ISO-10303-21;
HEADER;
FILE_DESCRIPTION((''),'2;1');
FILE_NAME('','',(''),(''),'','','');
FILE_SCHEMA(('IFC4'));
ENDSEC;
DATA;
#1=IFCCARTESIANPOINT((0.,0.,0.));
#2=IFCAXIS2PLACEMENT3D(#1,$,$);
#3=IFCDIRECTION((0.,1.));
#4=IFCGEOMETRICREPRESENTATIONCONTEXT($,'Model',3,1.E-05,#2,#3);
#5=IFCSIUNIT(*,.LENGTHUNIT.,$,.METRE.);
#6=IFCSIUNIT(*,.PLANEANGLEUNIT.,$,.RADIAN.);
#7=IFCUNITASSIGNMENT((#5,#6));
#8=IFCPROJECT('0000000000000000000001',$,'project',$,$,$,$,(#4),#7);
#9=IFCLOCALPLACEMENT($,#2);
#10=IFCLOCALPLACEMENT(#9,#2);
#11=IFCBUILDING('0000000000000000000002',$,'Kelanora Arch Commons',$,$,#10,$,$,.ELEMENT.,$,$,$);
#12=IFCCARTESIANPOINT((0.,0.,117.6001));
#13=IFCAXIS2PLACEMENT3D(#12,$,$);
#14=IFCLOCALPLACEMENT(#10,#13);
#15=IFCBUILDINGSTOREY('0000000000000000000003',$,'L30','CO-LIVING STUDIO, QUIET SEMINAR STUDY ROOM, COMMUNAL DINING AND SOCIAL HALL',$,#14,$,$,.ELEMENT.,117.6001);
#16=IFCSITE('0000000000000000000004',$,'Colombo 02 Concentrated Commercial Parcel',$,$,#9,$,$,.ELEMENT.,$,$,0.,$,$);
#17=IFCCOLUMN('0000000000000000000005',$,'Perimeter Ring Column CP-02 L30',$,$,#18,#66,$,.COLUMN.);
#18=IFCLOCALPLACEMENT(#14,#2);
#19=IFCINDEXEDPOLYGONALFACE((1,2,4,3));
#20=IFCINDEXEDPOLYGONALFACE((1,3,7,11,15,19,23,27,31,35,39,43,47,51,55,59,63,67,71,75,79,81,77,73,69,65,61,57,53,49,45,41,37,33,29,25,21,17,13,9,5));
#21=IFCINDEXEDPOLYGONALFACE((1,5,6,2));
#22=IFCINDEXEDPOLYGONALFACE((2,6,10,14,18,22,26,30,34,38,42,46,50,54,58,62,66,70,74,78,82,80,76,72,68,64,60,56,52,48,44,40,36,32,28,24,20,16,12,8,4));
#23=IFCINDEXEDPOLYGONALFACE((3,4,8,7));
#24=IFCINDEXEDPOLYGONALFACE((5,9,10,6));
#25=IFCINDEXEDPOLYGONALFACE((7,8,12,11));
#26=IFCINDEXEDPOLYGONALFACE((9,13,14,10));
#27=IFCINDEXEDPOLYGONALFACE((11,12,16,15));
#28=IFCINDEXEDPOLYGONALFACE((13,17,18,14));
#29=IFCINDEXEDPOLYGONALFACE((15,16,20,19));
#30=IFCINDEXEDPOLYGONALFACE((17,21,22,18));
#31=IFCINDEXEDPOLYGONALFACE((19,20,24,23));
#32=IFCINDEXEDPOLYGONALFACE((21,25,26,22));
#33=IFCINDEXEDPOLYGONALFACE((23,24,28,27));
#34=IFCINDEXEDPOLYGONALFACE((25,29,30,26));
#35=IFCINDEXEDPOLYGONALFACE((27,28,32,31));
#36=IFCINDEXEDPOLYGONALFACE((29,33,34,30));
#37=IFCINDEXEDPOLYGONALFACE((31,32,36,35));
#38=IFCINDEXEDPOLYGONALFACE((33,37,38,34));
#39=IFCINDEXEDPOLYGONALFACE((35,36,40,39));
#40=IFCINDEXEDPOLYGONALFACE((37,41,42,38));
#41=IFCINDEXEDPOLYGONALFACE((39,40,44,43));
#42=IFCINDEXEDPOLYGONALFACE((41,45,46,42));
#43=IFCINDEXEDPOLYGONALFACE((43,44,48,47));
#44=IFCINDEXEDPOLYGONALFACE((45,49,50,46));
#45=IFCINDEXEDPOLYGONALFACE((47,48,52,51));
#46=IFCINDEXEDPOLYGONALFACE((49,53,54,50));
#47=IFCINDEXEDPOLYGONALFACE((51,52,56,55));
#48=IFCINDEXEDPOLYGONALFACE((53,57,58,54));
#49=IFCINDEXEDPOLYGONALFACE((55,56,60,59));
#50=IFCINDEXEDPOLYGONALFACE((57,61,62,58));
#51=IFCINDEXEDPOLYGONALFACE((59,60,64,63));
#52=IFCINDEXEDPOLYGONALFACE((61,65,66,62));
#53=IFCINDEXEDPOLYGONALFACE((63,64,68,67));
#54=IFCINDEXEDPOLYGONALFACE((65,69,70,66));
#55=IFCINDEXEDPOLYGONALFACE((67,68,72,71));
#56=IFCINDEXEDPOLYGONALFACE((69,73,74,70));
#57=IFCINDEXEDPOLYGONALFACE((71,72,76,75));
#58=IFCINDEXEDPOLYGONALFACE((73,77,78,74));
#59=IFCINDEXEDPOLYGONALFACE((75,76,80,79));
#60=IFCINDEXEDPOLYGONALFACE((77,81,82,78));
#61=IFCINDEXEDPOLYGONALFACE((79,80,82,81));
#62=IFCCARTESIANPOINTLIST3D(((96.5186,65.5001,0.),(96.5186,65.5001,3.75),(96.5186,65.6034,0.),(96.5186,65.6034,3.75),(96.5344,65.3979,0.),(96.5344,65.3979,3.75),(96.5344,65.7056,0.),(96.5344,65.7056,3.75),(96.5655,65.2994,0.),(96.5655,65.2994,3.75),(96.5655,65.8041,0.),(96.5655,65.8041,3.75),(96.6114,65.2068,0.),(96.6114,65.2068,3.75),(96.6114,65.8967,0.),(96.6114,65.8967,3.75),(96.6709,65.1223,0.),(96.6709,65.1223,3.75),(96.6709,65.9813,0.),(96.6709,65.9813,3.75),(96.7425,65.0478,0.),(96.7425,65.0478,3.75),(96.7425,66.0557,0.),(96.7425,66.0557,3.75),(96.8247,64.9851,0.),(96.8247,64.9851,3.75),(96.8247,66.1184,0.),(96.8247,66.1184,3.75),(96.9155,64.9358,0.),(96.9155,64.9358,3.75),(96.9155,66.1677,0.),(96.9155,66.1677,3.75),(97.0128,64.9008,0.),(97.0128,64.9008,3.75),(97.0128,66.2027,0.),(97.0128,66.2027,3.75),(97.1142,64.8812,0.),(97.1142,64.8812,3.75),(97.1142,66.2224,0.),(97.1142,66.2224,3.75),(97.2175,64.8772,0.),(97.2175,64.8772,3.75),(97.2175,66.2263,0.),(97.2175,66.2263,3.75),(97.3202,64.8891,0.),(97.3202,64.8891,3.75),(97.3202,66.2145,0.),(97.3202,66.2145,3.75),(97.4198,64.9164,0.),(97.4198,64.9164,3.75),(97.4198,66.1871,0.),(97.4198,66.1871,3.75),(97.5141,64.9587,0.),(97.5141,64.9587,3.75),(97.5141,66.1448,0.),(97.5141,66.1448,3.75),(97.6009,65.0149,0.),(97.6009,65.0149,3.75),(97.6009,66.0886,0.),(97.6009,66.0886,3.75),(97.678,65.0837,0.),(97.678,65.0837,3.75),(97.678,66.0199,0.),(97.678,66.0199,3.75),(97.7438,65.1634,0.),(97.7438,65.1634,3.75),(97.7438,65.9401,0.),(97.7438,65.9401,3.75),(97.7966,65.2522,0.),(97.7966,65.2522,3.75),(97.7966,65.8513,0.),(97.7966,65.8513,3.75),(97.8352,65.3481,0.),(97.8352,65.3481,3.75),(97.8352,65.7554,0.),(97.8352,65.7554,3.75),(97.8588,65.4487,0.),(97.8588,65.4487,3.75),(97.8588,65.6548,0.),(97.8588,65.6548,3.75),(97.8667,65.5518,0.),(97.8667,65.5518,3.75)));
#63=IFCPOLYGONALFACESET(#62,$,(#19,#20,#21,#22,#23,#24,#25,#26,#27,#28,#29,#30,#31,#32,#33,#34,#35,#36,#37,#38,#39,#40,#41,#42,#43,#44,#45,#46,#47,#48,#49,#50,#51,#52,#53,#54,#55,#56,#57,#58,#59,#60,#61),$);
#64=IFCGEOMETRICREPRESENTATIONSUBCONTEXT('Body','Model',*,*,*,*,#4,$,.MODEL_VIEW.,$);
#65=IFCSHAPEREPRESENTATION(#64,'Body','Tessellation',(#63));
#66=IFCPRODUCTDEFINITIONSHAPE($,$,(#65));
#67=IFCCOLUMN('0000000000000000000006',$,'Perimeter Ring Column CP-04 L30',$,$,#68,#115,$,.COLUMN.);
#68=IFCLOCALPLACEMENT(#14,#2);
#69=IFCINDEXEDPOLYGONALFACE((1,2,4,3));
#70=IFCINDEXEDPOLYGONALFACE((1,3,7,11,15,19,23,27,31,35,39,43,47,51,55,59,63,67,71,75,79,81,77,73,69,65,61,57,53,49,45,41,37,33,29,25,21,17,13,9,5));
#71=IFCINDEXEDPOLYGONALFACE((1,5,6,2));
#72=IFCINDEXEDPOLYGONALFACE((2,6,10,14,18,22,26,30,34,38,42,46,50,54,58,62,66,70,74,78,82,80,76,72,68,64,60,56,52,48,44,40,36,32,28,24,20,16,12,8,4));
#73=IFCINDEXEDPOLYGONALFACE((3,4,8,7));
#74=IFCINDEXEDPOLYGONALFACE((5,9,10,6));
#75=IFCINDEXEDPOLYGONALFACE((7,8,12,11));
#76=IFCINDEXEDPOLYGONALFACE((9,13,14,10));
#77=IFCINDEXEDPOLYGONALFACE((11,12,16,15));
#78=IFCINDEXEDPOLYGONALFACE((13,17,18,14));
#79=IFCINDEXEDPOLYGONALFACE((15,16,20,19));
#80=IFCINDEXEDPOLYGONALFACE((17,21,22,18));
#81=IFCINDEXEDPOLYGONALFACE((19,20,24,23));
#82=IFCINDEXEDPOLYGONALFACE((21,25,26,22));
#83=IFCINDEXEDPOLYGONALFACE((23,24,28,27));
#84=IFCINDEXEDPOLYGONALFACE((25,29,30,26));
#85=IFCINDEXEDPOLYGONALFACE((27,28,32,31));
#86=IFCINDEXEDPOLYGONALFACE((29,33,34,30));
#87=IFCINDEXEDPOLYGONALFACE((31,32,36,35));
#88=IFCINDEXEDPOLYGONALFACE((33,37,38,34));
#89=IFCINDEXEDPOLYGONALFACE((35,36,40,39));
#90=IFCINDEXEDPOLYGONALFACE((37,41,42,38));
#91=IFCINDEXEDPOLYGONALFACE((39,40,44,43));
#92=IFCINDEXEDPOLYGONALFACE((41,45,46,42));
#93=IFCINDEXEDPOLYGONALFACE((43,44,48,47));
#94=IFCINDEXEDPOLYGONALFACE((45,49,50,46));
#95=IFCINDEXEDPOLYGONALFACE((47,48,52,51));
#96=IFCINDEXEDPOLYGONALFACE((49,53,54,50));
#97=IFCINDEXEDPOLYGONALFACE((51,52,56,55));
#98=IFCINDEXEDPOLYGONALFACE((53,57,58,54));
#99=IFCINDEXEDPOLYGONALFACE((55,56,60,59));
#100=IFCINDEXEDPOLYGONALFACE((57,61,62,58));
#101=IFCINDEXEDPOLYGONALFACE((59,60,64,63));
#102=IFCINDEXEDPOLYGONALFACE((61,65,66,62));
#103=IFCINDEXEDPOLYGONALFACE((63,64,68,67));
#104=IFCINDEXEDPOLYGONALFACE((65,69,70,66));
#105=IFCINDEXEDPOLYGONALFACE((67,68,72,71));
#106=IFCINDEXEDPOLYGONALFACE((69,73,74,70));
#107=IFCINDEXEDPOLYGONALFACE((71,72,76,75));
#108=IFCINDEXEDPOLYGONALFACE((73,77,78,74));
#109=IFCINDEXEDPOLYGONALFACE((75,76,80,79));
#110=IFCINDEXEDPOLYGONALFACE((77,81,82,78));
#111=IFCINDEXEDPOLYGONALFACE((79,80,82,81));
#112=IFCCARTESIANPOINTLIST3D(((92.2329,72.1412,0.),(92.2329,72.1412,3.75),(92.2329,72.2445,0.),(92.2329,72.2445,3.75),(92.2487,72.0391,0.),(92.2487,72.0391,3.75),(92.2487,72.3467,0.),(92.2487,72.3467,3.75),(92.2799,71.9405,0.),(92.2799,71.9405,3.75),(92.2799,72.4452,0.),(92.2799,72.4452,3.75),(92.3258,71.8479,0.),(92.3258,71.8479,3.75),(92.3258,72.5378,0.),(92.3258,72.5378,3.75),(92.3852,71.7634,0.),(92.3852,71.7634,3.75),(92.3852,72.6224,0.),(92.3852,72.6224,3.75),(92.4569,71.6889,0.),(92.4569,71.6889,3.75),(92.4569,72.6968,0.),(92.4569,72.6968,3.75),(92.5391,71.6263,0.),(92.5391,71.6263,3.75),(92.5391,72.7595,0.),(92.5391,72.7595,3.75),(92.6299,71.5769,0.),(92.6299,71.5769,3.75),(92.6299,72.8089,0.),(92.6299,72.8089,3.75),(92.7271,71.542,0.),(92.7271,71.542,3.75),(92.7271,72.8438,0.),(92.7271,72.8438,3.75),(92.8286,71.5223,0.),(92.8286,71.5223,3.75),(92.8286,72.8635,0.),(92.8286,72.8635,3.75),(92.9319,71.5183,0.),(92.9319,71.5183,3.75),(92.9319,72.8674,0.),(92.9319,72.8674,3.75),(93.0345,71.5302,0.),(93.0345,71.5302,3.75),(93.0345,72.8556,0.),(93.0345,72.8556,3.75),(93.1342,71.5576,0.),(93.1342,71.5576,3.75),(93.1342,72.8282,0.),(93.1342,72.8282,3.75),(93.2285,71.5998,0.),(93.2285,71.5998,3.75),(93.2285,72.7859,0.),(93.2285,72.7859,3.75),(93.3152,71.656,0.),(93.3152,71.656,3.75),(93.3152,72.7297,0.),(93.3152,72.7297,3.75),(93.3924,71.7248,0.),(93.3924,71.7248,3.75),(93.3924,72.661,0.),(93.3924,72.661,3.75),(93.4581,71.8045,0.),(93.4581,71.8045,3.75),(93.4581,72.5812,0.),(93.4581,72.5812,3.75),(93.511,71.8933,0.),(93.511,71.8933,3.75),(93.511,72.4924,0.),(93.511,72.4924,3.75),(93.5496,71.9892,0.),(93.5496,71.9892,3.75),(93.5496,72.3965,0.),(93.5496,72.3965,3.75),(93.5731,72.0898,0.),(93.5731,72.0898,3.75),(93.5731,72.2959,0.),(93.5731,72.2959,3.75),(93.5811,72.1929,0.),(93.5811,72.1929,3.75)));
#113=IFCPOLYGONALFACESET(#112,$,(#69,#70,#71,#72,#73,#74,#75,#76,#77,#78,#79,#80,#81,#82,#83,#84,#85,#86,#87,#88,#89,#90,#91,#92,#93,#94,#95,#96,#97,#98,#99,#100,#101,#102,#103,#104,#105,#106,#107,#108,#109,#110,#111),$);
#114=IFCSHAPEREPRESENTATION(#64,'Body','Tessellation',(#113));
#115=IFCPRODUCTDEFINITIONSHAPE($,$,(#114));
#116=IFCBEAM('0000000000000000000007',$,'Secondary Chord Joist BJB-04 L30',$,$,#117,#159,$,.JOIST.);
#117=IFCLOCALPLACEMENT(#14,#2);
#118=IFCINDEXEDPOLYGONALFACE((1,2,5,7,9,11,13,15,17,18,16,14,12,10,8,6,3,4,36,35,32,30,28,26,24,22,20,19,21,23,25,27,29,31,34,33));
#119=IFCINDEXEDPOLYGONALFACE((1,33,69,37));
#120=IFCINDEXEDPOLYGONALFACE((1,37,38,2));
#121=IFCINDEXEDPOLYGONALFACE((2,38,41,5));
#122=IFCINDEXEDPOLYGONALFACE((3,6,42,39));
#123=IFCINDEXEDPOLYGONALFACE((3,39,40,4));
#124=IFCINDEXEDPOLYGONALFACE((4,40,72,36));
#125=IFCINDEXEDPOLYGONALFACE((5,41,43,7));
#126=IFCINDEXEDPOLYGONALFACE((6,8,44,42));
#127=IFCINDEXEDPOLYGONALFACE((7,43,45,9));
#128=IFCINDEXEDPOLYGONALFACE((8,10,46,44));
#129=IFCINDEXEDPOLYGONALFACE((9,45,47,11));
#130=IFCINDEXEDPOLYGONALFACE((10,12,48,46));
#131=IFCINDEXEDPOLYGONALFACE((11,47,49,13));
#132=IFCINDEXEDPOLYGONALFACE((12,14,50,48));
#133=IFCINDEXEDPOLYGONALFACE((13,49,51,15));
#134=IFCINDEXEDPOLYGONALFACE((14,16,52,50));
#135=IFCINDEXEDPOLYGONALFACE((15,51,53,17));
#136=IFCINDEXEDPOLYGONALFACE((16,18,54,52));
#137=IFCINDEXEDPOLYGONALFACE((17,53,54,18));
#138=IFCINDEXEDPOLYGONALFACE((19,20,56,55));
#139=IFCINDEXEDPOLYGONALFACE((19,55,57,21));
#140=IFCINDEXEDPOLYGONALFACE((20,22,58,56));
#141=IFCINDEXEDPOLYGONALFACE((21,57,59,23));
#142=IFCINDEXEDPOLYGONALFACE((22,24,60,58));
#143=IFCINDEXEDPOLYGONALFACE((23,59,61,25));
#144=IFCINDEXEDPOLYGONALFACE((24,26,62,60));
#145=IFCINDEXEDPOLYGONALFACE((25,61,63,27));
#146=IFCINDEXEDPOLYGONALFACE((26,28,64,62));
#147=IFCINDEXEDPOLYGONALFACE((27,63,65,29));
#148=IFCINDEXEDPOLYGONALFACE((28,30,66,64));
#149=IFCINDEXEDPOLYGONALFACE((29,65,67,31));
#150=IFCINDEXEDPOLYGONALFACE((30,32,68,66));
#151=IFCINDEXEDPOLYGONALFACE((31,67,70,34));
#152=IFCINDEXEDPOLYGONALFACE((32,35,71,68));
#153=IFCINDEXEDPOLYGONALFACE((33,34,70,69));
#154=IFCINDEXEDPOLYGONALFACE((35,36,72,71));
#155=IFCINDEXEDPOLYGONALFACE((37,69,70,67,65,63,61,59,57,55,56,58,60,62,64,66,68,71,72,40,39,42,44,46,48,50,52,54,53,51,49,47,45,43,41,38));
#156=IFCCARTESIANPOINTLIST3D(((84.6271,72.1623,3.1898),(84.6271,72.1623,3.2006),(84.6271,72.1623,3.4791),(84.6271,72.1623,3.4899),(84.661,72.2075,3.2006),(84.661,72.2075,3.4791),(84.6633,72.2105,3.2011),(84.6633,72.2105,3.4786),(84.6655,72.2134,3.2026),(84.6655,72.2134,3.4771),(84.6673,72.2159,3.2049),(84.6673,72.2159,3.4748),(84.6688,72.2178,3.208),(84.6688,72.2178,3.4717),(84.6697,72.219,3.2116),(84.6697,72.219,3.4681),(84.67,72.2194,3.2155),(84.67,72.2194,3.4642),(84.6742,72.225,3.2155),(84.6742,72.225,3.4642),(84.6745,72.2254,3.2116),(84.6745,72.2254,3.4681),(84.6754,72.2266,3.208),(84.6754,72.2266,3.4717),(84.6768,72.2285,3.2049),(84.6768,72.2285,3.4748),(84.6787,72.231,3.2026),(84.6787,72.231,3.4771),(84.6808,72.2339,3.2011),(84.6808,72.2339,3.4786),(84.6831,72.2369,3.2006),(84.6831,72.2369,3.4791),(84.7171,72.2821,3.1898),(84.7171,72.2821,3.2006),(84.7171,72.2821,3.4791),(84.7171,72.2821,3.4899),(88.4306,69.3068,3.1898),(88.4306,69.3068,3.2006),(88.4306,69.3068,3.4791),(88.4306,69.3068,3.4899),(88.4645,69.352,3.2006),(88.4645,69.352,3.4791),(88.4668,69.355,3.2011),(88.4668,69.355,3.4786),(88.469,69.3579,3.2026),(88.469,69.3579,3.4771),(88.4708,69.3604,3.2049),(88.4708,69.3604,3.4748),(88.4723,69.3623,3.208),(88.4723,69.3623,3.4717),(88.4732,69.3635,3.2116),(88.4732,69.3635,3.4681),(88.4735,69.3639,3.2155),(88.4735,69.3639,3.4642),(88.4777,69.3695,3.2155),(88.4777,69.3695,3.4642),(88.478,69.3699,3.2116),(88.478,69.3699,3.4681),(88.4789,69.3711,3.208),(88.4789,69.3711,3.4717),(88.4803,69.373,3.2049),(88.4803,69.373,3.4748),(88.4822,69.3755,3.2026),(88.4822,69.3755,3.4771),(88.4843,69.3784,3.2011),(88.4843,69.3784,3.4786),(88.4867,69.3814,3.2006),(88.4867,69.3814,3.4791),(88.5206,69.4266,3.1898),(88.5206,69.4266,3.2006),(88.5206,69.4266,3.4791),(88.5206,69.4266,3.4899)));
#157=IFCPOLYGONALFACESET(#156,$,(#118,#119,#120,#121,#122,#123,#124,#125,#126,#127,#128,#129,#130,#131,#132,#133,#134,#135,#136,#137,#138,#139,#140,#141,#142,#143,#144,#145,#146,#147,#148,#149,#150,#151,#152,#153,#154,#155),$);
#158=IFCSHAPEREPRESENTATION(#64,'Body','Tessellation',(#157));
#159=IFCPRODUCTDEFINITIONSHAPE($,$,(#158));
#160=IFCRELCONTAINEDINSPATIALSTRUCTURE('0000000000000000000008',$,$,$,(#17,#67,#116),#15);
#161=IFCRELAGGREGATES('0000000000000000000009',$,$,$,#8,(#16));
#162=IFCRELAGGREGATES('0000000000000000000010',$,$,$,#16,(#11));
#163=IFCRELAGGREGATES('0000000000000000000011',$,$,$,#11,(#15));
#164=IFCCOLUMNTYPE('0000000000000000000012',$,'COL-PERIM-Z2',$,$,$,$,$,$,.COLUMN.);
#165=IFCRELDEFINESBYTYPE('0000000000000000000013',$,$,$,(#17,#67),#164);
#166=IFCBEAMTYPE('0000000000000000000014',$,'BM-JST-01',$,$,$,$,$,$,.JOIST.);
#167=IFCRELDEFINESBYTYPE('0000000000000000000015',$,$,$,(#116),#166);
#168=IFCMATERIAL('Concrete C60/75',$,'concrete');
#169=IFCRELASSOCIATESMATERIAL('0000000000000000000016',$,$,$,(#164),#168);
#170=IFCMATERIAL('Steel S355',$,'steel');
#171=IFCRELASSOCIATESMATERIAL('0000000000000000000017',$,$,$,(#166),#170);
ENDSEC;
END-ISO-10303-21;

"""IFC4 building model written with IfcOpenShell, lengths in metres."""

from ifc_helpers import new_model, si_unit, direction, frame, origin, origin_2d, place, context, subcontext, project, spatial, circle, i_section, extrude, material, material_profile, profile_set, type_object, element, save


model = new_model("IFC4")

# Units and contexts
model_context = context("Model", 3, precision=1e-05, world=origin(), true_north=direction((0.0, 1.0)))
body_context = subcontext(model_context, "Body", "Model", "MODEL_VIEW")
ifc_project = project(units=[si_unit("LENGTHUNIT", "METRE"), si_unit("PLANEANGLEUNIT", "RADIAN")], contexts=[model_context])

# Site, building, storey
site_placement = place(None, origin())
site = spatial("IfcSite", under=ifc_project, at=site_placement, Name="Colombo 02 Concentrated Commercial Parcel", CompositionType="ELEMENT", RefElevation=0.0)
building_placement = place(site_placement, origin())
building = spatial("IfcBuilding", under=site, at=building_placement, Name="Kelanora Arch Commons", CompositionType="ELEMENT")
storey_placement = place(building_placement, frame((0.0, 0.0, 117.6001)))
storey = spatial("IfcBuildingStorey", under=building, at=storey_placement, Name="L30", Description="CO-LIVING STUDIO, QUIET SEMINAR STUDY ROOM, COMMUNAL DINING AND SOCIAL HALL", CompositionType="ELEMENT", Elevation=117.6001)

# Columns
ifc_material_1 = material(Name="Concrete C60/75", Category="concrete")
ifc_material_profile_1 = material_profile(ifc_material_1, circle(Radius=0.675, at=origin_2d()), Name="RCC1350")
ifc_profile_set_1 = profile_set([ifc_material_profile_1], Name="Concrete C60/75")
column_type = type_object("IfcColumnType", Name="COL-PERIM-Z2", PredefinedType="COLUMN", material=ifc_profile_set_1)
for number, where, z_axis, x_axis, name in (
    (1, (97.1917, 65.5518, 0.0), (0.0, 0.0, 1.0), (1.0, 0.0, 0.0), "Perimeter Ring Column CP-02 L30"),
    (2, (92.906, 72.1929, 0.0), (0.0, 0.0, 1.0), (1.0, 0.0, 0.0), "Perimeter Ring Column CP-04 L30"),
):
    element("IfcColumn", number, at=place(storey_placement, frame(where, z_axis=z_axis, x_axis=x_axis)), inside=storey, type_object=column_type, Name=name, PredefinedType="COLUMN", context=body_context, shape_type="SweptSolid", body=[
        extrude(circle(Radius=0.675, at=origin_2d()), origin(), (0.0, 0.0, 1.0), 3.75),
    ])

# Beam
ifc_material_2 = material(Name="Steel S355", Category="steel")
ifc_material_profile_2 = material_profile(ifc_material_2, i_section(OverallWidth=0.1499, OverallDepth=0.3, WebThickness=0.0071, FlangeThickness=0.0107, FilletRadius=0.0149, at=origin_2d()), Name="IPE300")
ifc_profile_set_2 = profile_set([ifc_material_profile_2], Name="Steel S355")
beam_type_1 = type_object("IfcBeamType", Name="BM-JST-01", PredefinedType="JOIST", material=ifc_profile_set_2)
beam_1_placement = place(storey_placement, frame((88.4756, 69.3667, 3.3398), z_axis=(-0.79971, 0.600386, 0.0), x_axis=(-0.600386, -0.79971, 0.0)))
element("IfcBeam", 3, at=beam_1_placement, inside=storey, type_object=beam_type_1, Name="Secondary Chord Joist BJB-04 L30", PredefinedType="JOIST", context=body_context, shape_type="SweptSolid", body=[
    extrude(i_section(OverallWidth=0.1499, OverallDepth=0.3, WebThickness=0.0071, FlangeThickness=0.0107, FilletRadius=0.0149, at=origin_2d()), origin(), (0.0, 0.0, 1.0), 4.7561),
])

save(model, "model.ifc")
